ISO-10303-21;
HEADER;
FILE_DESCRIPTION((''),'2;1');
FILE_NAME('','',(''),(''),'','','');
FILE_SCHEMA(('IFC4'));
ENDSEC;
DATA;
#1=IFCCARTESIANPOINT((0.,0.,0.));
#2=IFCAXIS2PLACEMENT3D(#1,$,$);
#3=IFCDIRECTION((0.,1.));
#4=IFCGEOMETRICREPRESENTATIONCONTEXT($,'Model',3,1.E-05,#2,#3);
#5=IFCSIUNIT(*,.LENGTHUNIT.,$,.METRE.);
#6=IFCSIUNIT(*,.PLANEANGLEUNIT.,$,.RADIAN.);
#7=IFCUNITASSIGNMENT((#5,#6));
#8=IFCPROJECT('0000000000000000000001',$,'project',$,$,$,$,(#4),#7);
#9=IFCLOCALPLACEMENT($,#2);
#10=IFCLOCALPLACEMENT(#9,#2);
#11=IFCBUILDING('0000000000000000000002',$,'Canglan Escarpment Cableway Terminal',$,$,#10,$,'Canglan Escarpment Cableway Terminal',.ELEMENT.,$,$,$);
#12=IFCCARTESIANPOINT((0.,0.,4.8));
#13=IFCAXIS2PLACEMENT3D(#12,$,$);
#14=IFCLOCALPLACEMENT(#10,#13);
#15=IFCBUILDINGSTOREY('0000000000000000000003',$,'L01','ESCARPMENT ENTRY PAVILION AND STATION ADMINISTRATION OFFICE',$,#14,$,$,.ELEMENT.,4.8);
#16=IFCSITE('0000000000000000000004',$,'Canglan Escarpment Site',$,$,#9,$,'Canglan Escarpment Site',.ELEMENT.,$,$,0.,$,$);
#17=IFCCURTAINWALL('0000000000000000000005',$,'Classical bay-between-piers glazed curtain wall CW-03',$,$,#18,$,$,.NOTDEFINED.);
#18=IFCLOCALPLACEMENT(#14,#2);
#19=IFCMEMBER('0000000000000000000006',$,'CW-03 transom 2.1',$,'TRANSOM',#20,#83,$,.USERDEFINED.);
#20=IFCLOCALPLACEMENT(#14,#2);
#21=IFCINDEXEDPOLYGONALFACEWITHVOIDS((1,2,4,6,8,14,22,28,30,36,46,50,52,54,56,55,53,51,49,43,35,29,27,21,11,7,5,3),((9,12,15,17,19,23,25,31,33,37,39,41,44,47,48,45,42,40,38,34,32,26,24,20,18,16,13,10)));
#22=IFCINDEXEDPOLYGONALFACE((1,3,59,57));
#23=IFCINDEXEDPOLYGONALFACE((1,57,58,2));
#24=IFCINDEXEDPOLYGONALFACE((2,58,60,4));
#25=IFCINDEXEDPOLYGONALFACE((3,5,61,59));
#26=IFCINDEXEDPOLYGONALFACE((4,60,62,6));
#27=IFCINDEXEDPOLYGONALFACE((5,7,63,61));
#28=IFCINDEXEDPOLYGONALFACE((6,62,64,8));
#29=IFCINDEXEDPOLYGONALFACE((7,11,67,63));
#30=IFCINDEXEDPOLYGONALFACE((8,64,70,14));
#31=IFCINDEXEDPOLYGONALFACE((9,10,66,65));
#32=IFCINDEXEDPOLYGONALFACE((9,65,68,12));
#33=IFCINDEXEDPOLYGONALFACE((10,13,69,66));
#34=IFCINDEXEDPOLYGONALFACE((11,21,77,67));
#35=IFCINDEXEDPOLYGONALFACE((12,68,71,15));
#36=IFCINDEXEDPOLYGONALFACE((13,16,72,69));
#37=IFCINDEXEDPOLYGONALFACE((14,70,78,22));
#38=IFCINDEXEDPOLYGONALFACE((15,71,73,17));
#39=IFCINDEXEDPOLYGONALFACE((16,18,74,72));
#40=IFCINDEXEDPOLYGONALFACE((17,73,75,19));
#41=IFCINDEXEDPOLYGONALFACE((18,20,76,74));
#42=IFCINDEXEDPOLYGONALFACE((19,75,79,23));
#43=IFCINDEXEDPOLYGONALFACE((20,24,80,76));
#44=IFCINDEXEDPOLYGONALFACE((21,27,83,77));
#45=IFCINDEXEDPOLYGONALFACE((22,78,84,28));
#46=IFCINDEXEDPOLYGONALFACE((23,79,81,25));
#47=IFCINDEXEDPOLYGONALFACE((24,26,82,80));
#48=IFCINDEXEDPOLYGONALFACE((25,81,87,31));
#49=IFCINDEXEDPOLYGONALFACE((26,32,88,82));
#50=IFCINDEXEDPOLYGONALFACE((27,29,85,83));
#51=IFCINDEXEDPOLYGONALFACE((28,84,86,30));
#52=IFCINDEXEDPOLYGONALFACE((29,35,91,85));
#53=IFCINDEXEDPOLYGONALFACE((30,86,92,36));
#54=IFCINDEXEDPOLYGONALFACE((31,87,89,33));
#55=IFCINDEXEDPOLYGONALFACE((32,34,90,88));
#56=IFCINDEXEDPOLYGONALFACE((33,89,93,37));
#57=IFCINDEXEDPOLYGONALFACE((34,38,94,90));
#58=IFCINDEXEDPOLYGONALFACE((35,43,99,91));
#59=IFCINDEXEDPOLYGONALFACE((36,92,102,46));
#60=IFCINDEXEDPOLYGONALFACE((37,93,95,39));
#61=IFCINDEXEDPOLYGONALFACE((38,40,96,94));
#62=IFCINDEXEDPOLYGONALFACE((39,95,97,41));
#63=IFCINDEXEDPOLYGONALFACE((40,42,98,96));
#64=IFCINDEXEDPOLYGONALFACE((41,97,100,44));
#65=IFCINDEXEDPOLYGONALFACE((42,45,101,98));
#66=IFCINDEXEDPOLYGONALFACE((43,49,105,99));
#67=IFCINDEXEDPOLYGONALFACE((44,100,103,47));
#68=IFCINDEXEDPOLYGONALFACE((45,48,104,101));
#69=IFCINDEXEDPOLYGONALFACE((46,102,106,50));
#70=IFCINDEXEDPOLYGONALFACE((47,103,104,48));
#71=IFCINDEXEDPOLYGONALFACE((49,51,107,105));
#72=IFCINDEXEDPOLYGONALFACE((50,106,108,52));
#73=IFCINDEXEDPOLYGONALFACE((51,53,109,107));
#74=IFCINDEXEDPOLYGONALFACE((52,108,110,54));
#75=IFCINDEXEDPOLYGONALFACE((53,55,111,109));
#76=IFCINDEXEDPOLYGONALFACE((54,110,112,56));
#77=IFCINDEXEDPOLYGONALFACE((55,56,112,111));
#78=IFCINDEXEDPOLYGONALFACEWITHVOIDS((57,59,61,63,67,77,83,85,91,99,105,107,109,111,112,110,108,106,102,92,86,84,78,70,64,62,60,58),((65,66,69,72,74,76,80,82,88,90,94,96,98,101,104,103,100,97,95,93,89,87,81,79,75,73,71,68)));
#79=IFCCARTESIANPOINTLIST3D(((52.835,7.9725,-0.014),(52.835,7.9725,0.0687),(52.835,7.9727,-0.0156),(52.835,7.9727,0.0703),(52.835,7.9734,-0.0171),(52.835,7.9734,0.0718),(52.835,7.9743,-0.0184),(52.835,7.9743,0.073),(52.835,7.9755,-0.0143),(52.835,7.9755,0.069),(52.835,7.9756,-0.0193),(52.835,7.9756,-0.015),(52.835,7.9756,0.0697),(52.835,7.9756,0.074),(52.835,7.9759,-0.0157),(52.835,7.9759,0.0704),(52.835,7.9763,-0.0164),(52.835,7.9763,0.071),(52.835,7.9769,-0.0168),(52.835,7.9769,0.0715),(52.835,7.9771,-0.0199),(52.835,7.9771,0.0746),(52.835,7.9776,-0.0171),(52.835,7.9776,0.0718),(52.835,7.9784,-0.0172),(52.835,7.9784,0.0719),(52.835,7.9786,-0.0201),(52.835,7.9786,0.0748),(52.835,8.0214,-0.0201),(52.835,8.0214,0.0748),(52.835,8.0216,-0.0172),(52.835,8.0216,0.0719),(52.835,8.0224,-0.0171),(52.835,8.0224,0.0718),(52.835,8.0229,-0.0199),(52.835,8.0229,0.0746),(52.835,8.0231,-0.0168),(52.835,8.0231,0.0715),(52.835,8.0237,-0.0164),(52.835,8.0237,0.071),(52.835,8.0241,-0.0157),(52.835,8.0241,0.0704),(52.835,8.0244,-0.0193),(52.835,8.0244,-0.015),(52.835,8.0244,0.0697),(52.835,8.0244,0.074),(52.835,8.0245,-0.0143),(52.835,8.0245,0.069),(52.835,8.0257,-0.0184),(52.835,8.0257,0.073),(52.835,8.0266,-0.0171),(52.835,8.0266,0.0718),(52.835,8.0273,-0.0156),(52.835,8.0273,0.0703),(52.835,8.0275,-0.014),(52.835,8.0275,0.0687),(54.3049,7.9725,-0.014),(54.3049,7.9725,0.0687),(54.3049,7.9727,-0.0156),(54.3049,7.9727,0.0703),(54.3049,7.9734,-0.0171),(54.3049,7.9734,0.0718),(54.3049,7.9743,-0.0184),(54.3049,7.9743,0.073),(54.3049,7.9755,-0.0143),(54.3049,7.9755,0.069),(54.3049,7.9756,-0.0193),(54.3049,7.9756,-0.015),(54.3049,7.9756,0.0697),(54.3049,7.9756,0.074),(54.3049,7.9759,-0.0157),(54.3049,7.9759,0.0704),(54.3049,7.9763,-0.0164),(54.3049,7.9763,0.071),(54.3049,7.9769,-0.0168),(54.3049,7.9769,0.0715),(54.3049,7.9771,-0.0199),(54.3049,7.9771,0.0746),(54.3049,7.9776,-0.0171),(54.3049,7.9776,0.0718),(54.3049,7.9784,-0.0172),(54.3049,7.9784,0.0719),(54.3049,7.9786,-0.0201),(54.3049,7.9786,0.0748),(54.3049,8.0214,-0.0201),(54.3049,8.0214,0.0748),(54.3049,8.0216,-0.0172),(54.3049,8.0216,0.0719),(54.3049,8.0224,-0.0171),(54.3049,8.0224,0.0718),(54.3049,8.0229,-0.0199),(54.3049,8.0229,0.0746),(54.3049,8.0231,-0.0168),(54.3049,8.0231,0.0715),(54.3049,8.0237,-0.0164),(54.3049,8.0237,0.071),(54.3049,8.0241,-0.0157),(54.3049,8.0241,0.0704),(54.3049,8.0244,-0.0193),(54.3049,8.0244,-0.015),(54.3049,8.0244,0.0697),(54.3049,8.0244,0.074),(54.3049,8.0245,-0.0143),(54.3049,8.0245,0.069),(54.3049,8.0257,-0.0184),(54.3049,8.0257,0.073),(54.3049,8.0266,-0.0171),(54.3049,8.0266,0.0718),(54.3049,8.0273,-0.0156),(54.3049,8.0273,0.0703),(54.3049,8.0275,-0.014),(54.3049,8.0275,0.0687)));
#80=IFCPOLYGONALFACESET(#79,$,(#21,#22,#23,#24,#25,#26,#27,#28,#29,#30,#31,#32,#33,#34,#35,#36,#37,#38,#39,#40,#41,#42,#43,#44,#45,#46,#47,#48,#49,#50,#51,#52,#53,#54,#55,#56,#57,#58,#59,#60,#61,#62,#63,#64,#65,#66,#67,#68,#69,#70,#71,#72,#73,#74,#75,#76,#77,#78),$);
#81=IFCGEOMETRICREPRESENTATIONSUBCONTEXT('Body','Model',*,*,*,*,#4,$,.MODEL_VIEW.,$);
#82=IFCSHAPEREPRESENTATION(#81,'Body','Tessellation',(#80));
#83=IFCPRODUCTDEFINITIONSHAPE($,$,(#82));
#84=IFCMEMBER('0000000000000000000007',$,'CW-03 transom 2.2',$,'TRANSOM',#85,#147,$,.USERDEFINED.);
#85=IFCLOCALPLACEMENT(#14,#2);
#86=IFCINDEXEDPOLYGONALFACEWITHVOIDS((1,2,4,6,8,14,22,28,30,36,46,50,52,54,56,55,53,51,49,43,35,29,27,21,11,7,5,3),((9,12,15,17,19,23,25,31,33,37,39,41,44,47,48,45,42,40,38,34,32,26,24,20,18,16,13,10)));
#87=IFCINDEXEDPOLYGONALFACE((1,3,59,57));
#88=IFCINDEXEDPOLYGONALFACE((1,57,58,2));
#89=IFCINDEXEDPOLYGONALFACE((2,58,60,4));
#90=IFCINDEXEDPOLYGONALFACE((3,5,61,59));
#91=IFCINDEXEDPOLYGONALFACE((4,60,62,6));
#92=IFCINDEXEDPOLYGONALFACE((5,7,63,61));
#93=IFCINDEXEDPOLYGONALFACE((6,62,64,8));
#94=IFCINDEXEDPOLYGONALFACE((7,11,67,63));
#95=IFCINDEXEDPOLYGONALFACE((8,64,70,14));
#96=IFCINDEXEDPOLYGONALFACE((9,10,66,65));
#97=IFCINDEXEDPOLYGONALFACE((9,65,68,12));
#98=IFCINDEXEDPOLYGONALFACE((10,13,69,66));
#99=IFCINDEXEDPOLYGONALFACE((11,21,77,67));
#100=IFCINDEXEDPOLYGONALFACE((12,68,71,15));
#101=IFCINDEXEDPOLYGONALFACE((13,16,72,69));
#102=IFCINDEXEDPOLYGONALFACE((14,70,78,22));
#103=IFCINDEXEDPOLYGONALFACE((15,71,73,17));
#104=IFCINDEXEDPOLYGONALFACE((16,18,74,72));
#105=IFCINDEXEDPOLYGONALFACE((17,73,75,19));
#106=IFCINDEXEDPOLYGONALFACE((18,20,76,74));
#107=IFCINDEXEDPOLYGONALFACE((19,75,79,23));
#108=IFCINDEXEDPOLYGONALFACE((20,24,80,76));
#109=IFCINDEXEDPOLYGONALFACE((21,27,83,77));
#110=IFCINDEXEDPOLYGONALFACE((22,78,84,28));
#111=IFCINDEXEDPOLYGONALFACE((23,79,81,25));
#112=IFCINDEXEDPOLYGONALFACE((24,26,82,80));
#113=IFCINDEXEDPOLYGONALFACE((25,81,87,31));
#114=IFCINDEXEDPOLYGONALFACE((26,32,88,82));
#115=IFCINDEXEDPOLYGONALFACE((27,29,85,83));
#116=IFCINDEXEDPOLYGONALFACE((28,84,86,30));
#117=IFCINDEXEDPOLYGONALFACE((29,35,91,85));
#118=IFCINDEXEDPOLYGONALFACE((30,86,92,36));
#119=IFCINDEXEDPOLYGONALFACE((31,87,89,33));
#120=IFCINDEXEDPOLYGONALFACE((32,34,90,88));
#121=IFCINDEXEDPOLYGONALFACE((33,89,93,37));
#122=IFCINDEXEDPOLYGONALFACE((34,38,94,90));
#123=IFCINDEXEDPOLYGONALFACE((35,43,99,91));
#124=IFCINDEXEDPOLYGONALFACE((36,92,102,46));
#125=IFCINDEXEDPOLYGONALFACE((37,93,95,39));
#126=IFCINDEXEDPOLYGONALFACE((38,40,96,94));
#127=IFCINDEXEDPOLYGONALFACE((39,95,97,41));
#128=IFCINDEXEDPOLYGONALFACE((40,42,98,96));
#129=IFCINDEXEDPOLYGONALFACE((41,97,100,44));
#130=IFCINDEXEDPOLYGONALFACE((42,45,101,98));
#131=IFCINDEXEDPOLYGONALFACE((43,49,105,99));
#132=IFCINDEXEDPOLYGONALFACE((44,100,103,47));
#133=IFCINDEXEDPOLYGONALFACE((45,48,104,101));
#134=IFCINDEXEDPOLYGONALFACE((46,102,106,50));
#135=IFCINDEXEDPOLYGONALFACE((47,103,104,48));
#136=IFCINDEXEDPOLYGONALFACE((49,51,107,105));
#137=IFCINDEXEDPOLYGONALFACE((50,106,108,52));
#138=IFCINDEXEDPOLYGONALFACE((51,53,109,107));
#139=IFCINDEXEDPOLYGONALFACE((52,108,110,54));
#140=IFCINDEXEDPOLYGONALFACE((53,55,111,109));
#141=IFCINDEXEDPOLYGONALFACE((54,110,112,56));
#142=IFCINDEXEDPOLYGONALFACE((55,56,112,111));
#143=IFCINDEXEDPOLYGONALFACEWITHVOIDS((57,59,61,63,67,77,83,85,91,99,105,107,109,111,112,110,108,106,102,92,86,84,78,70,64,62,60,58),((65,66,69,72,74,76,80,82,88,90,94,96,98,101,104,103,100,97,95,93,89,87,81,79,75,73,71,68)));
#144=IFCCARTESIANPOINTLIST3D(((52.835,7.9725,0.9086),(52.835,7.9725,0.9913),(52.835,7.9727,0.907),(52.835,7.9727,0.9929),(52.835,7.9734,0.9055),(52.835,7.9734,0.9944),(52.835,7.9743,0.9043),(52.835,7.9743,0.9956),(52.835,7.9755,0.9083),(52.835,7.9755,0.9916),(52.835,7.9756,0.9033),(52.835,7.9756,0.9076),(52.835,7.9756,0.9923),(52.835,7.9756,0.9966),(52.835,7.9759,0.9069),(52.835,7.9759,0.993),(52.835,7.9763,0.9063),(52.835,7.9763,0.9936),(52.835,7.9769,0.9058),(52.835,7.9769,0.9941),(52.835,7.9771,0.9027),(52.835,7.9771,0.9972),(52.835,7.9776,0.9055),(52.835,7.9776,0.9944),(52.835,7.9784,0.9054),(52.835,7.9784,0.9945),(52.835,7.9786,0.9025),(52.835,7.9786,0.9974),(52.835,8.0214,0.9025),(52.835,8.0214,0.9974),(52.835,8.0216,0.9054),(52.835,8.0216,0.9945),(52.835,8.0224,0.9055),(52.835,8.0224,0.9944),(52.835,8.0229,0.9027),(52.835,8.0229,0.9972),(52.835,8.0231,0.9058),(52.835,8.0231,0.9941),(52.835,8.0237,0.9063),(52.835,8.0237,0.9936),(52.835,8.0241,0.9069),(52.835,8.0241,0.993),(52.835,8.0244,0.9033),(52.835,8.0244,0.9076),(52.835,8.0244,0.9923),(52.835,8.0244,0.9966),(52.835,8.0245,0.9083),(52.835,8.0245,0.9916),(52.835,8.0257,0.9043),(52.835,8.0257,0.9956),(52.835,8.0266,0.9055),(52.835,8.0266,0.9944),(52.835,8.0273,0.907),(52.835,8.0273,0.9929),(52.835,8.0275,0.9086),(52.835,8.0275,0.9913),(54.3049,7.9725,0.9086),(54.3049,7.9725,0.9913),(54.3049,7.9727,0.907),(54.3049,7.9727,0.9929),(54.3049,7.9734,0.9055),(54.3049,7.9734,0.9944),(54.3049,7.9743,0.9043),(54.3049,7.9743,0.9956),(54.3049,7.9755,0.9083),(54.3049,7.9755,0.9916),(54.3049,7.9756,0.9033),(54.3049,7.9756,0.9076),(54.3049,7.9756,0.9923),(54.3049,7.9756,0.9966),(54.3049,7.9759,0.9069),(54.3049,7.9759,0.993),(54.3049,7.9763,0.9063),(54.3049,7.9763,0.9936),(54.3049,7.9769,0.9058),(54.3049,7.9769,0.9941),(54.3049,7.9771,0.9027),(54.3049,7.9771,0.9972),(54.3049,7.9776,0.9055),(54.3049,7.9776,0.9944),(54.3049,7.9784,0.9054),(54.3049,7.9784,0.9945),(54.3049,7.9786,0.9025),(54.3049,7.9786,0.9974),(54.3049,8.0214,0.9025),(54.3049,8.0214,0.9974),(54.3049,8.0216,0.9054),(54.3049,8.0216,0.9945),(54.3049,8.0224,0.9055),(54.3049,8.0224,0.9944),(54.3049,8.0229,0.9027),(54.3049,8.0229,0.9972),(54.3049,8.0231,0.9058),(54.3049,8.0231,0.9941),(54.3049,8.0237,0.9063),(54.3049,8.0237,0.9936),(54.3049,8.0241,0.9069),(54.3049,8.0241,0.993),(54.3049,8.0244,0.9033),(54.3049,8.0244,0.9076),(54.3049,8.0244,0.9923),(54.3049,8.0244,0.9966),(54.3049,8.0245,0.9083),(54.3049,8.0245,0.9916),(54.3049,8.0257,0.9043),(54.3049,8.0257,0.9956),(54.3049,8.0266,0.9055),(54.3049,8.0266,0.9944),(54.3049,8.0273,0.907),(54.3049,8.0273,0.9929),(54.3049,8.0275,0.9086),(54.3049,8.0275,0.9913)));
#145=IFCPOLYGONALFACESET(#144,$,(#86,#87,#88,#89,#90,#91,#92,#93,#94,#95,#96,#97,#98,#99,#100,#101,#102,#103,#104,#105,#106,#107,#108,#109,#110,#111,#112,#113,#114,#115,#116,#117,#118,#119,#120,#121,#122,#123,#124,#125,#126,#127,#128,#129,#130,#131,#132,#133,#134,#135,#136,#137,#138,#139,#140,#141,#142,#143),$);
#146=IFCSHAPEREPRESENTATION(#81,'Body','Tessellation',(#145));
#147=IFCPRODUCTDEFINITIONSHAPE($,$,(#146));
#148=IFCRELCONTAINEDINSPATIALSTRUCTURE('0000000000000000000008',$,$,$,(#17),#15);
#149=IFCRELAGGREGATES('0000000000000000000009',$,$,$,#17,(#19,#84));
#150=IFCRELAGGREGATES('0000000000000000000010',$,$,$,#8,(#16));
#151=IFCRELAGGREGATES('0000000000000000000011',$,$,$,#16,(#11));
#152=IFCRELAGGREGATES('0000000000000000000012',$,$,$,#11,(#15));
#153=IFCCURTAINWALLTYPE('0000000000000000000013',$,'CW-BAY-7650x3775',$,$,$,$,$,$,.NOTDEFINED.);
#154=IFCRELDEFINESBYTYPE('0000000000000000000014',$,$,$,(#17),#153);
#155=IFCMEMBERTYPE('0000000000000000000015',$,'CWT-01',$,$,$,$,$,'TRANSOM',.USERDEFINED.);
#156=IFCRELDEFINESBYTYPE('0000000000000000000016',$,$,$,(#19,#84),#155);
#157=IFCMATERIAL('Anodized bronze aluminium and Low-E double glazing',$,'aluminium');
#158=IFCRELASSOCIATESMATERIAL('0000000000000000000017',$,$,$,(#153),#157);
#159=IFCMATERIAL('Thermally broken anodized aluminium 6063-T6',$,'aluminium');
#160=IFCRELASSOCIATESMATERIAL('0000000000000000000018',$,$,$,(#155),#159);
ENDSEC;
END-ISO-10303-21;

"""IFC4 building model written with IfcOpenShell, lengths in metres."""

from ifc_helpers import new_model, si_unit, direction, frame, origin, origin_2d, place, context, subcontext, project, spatial, hollow_rectangle, extrude, material, material_profile, profile_set, type_object, element, aggregate, save


model = new_model("IFC4")

# Units and contexts
model_context = context("Model", 3, precision=1e-05, world=origin(), true_north=direction((0.0, 1.0)))
body_context = subcontext(model_context, "Body", "Model", "MODEL_VIEW")
ifc_project = project(units=[si_unit("LENGTHUNIT", "METRE"), si_unit("PLANEANGLEUNIT", "RADIAN")], contexts=[model_context])

# Site, building, storey
site_placement = place(None, origin())
site = spatial("IfcSite", under=ifc_project, at=site_placement, Name="Canglan Escarpment Site", LongName="Canglan Escarpment Site", CompositionType="ELEMENT", RefElevation=0.0)
building_placement = place(site_placement, origin())
building = spatial("IfcBuilding", under=site, at=building_placement, Name="Canglan Escarpment Cableway Terminal", LongName="Canglan Escarpment Cableway Terminal", CompositionType="ELEMENT")
storey_placement = place(building_placement, frame((0.0, 0.0, 4.8)))
storey = spatial("IfcBuildingStorey", under=building, at=storey_placement, Name="L01", Description="ESCARPMENT ENTRY PAVILION AND STATION ADMINISTRATION OFFICE", CompositionType="ELEMENT", Elevation=4.8)

# Curtain wall, members
ifc_material_1 = material(Name="Anodized bronze aluminium and Low-E double glazing", Category="aluminium")
curtain_wall_type = type_object("IfcCurtainWallType", Name="CW-BAY-7650x3775", PredefinedType="NOTDEFINED", material=ifc_material_1)
curtain_wall_placement = place(storey_placement, origin())
curtain_wall = element("IfcCurtainWall", 1, at=curtain_wall_placement, inside=storey, type_object=curtain_wall_type, Name="Classical bay-between-piers glazed curtain wall CW-03", PredefinedType="NOTDEFINED")
ifc_material_2 = material(Name="Thermally broken anodized aluminium 6063-T6", Category="aluminium")
ifc_material_profile_1 = material_profile(ifc_material_2, hollow_rectangle(XDim=0.0549, YDim=0.095, WallThickness=0.0029, InnerFilletRadius=0.0029, OuterFilletRadius=0.0061, at=origin_2d()), Name="ALU-TRAN 55x95x3")
ifc_profile_set_1 = profile_set([ifc_material_profile_1], Name="Thermally broken anodized aluminium 6063-T6")
member_type_1 = type_object("IfcMemberType", Name="CWT-01", ElementType="TRANSOM", PredefinedType="USERDEFINED", material=ifc_profile_set_1)
member_1_placement = place(storey_placement, frame((52.835, 8.0, 0.0273), z_axis=(1.0, 0.0, 0.0), x_axis=(0.0, 1.0, 0.0)))
member_1 = element("IfcMember", 2, at=member_1_placement, type_object=member_type_1, Name="CW-03 transom 2.1", ObjectType="TRANSOM", PredefinedType="USERDEFINED", context=body_context, shape_type="SweptSolid", body=[
    extrude(hollow_rectangle(XDim=0.0549, YDim=0.095, WallThickness=0.0029, InnerFilletRadius=0.0029, OuterFilletRadius=0.0061, at=origin_2d()), origin(), (0.0, 0.0, 1.0), 1.47),
])
member_2_placement = place(storey_placement, frame((52.835, 8.0, 0.95), z_axis=(1.0, 0.0, 0.0), x_axis=(0.0, 1.0, 0.0)))
member_2 = element("IfcMember", 3, at=member_2_placement, type_object=member_type_1, Name="CW-03 transom 2.2", ObjectType="TRANSOM", PredefinedType="USERDEFINED", context=body_context, shape_type="SweptSolid", body=[
    extrude(hollow_rectangle(XDim=0.0549, YDim=0.095, WallThickness=0.0029, InnerFilletRadius=0.0029, OuterFilletRadius=0.0061, at=origin_2d()), origin(), (0.0, 0.0, 1.0), 1.47),
])
aggregate(curtain_wall, [member_1, member_2])

save(model, "model.ifc")
